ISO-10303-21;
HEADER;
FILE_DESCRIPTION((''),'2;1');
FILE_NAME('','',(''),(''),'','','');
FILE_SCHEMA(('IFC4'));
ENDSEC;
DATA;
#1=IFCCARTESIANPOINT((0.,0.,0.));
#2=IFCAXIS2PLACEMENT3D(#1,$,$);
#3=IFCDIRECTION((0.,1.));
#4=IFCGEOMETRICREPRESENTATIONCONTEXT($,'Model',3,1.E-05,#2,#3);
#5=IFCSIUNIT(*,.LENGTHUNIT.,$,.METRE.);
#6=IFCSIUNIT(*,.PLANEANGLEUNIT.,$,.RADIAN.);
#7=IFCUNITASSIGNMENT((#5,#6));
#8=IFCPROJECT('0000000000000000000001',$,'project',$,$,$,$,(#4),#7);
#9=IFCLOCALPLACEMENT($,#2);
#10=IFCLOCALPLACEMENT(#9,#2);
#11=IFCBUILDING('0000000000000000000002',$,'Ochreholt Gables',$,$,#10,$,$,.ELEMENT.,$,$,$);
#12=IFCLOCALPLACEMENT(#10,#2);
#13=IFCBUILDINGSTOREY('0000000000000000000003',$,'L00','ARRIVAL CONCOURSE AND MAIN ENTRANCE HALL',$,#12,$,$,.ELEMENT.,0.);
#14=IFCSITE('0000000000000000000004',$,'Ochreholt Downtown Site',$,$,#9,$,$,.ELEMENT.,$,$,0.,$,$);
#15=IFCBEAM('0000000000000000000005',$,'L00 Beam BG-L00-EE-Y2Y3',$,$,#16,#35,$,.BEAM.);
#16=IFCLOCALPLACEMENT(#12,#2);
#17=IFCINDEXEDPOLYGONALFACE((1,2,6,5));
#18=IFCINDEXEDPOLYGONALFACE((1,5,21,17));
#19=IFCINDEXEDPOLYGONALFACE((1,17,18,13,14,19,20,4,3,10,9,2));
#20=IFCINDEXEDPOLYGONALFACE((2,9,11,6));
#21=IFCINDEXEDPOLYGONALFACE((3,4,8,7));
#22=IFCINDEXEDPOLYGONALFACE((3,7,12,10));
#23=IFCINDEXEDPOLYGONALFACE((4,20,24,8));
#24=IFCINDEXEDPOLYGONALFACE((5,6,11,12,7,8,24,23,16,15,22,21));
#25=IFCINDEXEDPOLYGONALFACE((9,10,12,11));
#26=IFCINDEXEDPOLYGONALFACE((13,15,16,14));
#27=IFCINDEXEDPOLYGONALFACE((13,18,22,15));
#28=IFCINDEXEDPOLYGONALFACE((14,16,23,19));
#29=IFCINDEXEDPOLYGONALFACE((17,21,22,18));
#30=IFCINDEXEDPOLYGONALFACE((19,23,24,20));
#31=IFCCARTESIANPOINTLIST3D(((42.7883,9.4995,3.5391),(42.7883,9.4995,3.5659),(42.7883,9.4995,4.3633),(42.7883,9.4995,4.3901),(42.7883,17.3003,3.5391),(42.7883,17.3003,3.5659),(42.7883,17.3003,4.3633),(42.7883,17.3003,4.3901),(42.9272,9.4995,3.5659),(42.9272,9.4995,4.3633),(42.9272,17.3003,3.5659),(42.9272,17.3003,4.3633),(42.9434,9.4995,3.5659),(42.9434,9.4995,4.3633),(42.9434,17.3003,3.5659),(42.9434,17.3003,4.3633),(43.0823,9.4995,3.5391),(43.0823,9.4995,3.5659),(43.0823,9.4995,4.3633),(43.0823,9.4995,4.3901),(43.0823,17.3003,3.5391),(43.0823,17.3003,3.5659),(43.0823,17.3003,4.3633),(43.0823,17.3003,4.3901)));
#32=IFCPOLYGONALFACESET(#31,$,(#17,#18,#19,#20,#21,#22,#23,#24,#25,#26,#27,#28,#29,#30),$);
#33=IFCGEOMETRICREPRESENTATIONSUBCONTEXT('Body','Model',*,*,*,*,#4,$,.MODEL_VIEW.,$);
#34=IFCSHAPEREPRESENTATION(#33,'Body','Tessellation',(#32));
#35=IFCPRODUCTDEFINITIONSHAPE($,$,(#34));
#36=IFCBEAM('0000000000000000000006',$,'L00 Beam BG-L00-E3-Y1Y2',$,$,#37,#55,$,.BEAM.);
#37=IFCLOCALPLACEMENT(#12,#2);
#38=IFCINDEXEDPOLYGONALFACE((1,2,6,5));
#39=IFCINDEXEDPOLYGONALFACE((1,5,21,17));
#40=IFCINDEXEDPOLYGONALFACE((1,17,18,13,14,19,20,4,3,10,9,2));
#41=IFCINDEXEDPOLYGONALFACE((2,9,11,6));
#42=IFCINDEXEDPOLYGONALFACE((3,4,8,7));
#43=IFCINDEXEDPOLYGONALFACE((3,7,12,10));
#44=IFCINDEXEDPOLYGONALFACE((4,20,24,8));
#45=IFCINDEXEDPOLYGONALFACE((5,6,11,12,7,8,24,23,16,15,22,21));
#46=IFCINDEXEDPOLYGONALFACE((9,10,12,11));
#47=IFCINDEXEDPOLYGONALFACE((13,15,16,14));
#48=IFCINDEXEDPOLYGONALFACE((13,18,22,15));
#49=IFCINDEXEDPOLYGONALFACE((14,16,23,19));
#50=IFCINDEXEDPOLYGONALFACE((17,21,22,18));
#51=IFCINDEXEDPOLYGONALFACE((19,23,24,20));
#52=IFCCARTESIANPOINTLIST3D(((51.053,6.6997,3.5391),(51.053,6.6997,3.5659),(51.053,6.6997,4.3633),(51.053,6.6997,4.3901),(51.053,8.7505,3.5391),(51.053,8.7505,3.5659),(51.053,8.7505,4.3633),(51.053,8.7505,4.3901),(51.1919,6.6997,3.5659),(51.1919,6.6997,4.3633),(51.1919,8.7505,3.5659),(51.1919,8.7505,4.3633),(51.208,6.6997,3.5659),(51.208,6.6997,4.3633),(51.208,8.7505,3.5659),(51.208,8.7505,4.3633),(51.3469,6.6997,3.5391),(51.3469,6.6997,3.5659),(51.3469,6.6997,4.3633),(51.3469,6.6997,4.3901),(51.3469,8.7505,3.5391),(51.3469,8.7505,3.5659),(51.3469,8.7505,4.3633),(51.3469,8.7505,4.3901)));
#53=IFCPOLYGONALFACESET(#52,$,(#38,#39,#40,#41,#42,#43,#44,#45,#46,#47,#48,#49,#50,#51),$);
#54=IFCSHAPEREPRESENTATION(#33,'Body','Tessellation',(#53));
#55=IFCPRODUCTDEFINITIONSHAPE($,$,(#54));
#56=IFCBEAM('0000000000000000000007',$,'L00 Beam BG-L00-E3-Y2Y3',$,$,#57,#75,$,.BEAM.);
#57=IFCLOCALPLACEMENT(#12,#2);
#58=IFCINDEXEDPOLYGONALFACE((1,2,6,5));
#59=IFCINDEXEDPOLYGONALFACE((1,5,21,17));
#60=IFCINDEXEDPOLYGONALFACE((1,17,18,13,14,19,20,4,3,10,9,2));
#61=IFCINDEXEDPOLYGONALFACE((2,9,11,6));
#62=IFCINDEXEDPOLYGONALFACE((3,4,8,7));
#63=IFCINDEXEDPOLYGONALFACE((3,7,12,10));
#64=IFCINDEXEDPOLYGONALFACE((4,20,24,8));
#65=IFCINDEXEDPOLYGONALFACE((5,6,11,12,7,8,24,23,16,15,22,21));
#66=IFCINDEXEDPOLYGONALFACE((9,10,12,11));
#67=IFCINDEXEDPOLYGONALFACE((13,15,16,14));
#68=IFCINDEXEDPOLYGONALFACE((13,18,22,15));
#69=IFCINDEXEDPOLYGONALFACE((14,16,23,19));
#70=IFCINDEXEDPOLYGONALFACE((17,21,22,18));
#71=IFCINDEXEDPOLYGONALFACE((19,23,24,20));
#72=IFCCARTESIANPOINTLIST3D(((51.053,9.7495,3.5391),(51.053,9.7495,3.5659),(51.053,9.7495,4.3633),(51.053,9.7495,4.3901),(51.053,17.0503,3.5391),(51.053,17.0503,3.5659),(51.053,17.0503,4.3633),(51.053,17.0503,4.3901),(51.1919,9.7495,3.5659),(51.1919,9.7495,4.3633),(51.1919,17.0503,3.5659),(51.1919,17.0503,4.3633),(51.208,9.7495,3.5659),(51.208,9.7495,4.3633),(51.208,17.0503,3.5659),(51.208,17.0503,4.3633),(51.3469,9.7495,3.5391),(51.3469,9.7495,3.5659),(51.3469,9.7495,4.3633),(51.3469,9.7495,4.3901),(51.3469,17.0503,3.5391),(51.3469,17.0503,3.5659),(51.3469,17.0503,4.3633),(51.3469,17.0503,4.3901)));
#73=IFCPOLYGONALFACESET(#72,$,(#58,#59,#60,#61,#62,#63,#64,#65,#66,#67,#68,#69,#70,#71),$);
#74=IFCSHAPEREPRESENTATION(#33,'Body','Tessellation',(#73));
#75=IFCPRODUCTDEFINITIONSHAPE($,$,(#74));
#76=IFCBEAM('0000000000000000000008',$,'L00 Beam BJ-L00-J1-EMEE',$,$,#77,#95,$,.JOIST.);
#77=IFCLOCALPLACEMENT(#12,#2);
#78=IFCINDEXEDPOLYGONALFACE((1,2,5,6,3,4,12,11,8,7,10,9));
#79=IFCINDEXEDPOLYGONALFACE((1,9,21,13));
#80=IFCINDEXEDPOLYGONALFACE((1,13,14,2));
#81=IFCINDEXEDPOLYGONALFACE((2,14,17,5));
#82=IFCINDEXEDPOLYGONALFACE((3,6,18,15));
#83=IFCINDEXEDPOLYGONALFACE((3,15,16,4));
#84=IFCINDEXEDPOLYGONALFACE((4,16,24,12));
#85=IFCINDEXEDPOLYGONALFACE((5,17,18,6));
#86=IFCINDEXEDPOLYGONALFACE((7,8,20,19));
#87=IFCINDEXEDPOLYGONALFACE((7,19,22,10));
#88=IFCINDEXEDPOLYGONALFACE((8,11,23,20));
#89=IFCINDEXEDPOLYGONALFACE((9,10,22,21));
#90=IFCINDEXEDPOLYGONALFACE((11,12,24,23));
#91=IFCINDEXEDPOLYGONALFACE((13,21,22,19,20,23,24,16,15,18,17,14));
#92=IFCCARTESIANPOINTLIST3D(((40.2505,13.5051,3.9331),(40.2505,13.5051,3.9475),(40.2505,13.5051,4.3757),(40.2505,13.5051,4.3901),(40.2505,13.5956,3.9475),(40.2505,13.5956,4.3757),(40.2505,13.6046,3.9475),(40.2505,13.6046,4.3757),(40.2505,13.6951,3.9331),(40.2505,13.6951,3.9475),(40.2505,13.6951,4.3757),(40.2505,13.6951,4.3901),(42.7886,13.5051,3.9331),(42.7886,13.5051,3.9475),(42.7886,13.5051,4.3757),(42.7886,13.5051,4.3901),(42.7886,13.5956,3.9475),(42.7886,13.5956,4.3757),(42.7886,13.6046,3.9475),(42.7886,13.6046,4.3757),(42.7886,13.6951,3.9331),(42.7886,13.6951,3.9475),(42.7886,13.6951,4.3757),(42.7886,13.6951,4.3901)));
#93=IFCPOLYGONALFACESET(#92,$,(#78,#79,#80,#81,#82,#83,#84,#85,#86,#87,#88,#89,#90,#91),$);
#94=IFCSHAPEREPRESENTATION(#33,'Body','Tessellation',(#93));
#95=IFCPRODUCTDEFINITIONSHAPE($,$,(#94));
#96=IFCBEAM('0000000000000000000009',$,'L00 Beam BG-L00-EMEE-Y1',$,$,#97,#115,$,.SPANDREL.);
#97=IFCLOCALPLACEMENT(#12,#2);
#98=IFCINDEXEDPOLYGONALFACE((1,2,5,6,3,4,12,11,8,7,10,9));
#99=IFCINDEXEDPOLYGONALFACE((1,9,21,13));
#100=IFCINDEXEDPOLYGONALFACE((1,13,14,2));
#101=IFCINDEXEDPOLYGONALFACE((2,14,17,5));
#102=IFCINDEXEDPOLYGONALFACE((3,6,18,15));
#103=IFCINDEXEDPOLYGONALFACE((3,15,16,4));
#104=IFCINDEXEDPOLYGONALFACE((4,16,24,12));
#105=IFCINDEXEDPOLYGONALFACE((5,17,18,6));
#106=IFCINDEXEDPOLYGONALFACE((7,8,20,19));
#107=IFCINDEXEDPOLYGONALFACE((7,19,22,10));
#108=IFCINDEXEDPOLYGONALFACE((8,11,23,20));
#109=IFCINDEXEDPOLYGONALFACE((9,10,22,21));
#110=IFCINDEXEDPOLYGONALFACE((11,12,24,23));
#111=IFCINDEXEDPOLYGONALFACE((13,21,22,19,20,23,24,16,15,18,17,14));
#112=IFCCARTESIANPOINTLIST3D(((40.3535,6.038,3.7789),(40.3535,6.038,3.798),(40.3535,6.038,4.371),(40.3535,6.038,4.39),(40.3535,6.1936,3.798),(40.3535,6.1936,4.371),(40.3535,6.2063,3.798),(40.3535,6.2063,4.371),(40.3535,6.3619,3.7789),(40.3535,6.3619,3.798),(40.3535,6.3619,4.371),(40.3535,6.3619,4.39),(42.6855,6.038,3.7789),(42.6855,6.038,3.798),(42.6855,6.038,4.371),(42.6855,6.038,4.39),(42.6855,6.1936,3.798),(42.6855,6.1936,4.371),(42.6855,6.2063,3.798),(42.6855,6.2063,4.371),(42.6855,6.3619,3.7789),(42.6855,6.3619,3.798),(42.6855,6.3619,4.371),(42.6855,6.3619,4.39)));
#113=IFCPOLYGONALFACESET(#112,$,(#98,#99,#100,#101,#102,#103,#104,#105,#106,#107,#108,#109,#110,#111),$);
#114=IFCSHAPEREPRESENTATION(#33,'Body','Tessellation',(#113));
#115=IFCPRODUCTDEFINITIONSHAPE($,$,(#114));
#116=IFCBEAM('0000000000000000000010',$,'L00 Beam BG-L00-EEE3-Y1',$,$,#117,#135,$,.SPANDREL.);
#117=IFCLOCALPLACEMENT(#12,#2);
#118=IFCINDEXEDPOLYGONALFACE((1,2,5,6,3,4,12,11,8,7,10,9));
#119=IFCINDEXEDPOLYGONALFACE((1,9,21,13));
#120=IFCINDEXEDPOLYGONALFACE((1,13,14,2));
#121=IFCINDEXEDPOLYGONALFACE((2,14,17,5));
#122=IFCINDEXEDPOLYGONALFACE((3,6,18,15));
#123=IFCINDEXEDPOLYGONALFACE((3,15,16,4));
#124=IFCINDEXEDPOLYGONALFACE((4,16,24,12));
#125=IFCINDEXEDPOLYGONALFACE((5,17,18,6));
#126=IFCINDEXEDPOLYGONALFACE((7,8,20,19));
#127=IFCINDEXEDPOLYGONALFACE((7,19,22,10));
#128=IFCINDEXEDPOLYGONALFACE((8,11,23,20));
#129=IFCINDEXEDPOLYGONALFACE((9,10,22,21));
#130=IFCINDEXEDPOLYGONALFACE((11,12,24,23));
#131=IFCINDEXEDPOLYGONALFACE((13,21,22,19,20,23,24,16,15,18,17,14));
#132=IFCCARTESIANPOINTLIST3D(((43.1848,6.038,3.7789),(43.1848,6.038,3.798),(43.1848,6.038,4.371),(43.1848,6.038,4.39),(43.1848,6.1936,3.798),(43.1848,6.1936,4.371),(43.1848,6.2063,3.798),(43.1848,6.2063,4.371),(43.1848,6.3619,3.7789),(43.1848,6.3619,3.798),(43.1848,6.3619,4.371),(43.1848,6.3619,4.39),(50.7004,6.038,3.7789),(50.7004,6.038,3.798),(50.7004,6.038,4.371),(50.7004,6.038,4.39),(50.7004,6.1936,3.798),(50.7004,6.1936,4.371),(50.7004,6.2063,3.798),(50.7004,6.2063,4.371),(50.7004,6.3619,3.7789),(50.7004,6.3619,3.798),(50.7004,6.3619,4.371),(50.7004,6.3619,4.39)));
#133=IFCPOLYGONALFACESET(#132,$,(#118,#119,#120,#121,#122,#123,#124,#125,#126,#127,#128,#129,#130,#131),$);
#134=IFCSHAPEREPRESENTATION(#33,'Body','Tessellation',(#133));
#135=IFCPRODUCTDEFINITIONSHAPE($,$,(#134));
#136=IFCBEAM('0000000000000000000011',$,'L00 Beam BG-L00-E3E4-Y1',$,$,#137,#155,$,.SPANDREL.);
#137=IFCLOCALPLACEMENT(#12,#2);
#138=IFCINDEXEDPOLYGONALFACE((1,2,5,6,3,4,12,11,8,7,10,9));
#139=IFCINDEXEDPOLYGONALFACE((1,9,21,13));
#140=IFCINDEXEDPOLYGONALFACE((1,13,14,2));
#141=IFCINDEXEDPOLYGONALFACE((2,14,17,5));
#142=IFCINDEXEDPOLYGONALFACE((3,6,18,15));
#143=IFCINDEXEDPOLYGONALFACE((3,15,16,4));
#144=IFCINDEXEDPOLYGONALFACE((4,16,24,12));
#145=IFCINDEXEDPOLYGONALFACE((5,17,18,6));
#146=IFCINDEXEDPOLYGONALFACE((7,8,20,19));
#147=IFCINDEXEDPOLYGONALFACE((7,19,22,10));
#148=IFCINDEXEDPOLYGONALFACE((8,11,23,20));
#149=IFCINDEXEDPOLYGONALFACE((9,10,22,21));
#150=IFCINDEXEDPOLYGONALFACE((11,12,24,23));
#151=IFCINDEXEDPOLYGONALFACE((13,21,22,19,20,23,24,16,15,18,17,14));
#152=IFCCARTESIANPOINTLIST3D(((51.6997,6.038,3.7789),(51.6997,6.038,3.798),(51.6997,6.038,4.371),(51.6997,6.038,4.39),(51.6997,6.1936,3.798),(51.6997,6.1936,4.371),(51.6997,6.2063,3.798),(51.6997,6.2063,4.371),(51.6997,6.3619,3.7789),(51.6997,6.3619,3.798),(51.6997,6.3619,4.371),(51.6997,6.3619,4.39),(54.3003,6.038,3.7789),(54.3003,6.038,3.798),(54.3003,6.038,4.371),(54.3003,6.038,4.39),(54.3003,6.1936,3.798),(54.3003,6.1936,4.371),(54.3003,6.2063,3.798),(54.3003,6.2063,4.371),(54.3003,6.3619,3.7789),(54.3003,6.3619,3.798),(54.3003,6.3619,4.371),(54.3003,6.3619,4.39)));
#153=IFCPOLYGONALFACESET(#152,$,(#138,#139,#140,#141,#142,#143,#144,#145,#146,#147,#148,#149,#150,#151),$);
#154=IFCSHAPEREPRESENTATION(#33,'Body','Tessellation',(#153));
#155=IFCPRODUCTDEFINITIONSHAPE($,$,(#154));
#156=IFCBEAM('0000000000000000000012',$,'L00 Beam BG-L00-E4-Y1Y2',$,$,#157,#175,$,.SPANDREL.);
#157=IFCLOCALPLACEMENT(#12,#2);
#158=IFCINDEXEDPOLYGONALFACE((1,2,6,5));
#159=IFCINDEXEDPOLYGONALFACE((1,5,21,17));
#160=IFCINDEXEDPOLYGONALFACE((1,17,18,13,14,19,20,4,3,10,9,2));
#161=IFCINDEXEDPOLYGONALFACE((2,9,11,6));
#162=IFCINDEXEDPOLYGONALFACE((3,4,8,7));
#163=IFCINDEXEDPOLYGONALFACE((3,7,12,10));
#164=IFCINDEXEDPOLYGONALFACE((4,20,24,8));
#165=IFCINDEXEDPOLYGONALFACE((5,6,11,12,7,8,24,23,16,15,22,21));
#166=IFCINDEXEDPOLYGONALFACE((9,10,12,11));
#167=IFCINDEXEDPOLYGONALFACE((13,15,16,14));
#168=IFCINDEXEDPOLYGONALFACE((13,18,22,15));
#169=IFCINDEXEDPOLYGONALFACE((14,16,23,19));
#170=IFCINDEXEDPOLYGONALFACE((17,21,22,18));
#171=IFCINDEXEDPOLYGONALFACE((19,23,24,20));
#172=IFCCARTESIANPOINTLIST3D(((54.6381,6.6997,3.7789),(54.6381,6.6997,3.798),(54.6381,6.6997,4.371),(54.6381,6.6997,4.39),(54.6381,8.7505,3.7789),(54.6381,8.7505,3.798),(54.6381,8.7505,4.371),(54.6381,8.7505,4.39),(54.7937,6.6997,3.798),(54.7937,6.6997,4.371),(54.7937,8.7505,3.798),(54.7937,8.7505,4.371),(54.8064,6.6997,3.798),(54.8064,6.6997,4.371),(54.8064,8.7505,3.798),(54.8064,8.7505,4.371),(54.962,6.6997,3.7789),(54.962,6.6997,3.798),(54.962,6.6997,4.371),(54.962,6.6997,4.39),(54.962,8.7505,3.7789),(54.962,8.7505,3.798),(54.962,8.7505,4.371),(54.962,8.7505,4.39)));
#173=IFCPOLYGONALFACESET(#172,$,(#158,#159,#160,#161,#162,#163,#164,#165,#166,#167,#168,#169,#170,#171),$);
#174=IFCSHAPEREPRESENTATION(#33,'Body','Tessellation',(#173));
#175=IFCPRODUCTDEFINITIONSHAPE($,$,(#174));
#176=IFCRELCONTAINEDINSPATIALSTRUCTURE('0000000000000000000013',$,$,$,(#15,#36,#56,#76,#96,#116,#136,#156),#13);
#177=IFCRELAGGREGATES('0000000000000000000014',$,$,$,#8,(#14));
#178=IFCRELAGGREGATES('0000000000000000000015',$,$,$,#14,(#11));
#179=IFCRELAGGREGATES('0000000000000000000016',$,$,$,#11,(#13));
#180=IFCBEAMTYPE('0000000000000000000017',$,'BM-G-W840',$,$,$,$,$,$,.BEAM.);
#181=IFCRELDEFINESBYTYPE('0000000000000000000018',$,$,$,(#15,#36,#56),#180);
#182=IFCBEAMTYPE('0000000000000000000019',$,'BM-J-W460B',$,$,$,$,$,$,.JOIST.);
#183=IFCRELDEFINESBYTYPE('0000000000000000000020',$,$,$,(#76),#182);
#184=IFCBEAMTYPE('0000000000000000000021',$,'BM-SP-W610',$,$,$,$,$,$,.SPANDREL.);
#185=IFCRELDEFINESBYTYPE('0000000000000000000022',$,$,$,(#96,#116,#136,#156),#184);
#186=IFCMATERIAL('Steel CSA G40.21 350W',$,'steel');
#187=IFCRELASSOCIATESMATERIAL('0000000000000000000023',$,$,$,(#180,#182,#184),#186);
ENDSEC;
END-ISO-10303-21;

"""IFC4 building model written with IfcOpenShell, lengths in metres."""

from ifc_helpers import new_model, si_unit, direction, frame, origin, origin_2d, place, context, subcontext, project, spatial, i_section, extrude, material, material_profile, profile_set, type_object, element, save


model = new_model("IFC4")

# Units and contexts
model_context = context("Model", 3, precision=1e-05, world=origin(), true_north=direction((0.0, 1.0)))
body_context = subcontext(model_context, "Body", "Model", "MODEL_VIEW")
ifc_project = project(units=[si_unit("LENGTHUNIT", "METRE"), si_unit("PLANEANGLEUNIT", "RADIAN")], contexts=[model_context])

# Site, building, storey
site_placement = place(None, origin())
site = spatial("IfcSite", under=ifc_project, at=site_placement, Name="Ochreholt Downtown Site", CompositionType="ELEMENT", RefElevation=0.0)
building_placement = place(site_placement, origin())
building = spatial("IfcBuilding", under=site, at=building_placement, Name="Ochreholt Gables", CompositionType="ELEMENT")
storey_placement = place(building_placement, origin())
storey = spatial("IfcBuildingStorey", under=building, at=storey_placement, Name="L00", Description="ARRIVAL CONCOURSE AND MAIN ENTRANCE HALL", CompositionType="ELEMENT", Elevation=0.0)

# Shared definitions
ifc_material_1 = material(Name="Steel CSA G40.21 350W", Category="steel")

# Beams
ifc_material_profile_1 = material_profile(ifc_material_1, i_section(OverallWidth=0.2939, OverallDepth=0.8511, WebThickness=0.0161, FlangeThickness=0.0269, at=origin_2d()), Name="W840X226")
ifc_profile_set_1 = profile_set([ifc_material_profile_1], Name="Steel CSA G40.21 350W")
beam_type_1 = type_object("IfcBeamType", Name="BM-G-W840", PredefinedType="BEAM", material=ifc_profile_set_1)
beam_1_placement = place(storey_placement, frame((42.9353, 9.4995, 3.9646), z_axis=(0.0, 1.0, 0.0), x_axis=(-1.0, 0.0, 0.0)))
element("IfcBeam", 1, at=beam_1_placement, inside=storey, type_object=beam_type_1, Name="L00 Beam BG-L00-EE-Y2Y3", PredefinedType="BEAM", context=body_context, shape_type="SweptSolid", body=[
    extrude(i_section(OverallWidth=0.2939, OverallDepth=0.8511, WebThickness=0.0161, FlangeThickness=0.0269, at=origin_2d()), origin(), (0.0, 0.0, 1.0), 7.8008),
])
beam_2_placement = place(storey_placement, frame((51.2, 6.6997, 3.9646), z_axis=(0.0, 1.0, 0.0), x_axis=(-1.0, 0.0, 0.0)))
element("IfcBeam", 2, at=beam_2_placement, inside=storey, type_object=beam_type_1, Name="L00 Beam BG-L00-E3-Y1Y2", PredefinedType="BEAM", context=body_context, shape_type="SweptSolid", body=[
    extrude(i_section(OverallWidth=0.2939, OverallDepth=0.8511, WebThickness=0.0161, FlangeThickness=0.0269, at=origin_2d()), origin(), (0.0, 0.0, 1.0), 2.0508),
])
beam_3_placement = place(storey_placement, frame((51.2, 9.7495, 3.9646), z_axis=(0.0, 1.0, 0.0), x_axis=(-1.0, 0.0, 0.0)))
element("IfcBeam", 3, at=beam_3_placement, inside=storey, type_object=beam_type_1, Name="L00 Beam BG-L00-E3-Y2Y3", PredefinedType="BEAM", context=body_context, shape_type="SweptSolid", body=[
    extrude(i_section(OverallWidth=0.2939, OverallDepth=0.8511, WebThickness=0.0161, FlangeThickness=0.0269, at=origin_2d()), origin(), (0.0, 0.0, 1.0), 7.3008),
])
ifc_material_profile_2 = material_profile(ifc_material_1, i_section(OverallWidth=0.1899, OverallDepth=0.457, WebThickness=0.009, FlangeThickness=0.0144, at=origin_2d()), Name="W460X74")
ifc_profile_set_2 = profile_set([ifc_material_profile_2], Name="Steel CSA G40.21 350W")
beam_type_2 = type_object("IfcBeamType", Name="BM-J-W460B", PredefinedType="JOIST", material=ifc_profile_set_2)
beam_4_placement = place(storey_placement, frame((40.2505, 13.6001, 4.1616), z_axis=(1.0, 0.0, 0.0), x_axis=(0.0, 1.0, 0.0)))
element("IfcBeam", 4, at=beam_4_placement, inside=storey, type_object=beam_type_2, Name="L00 Beam BJ-L00-J1-EMEE", PredefinedType="JOIST", context=body_context, shape_type="SweptSolid", body=[
    extrude(i_section(OverallWidth=0.1899, OverallDepth=0.457, WebThickness=0.009, FlangeThickness=0.0144, at=origin_2d()), origin(), (0.0, 0.0, 1.0), 2.5381),
])
ifc_material_profile_3 = material_profile(ifc_material_1, i_section(OverallWidth=0.324, OverallDepth=0.6111, WebThickness=0.0127, FlangeThickness=0.019, at=origin_2d()), Name="W610X155")
ifc_profile_set_3 = profile_set([ifc_material_profile_3], Name="Steel CSA G40.21 350W")
beam_type_3 = type_object("IfcBeamType", Name="BM-SP-W610", PredefinedType="SPANDREL", material=ifc_profile_set_3)
beam_5_placement = place(storey_placement, frame((40.3535, 6.2, 4.0845), z_axis=(1.0, 0.0, 0.0), x_axis=(0.0, 1.0, 0.0)))
element("IfcBeam", 5, at=beam_5_placement, inside=storey, type_object=beam_type_3, Name="L00 Beam BG-L00-EMEE-Y1", PredefinedType="SPANDREL", context=body_context, shape_type="SweptSolid", body=[
    extrude(i_section(OverallWidth=0.324, OverallDepth=0.6111, WebThickness=0.0127, FlangeThickness=0.019, at=origin_2d()), origin(), (0.0, 0.0, 1.0), 2.332),
])
beam_6_placement = place(storey_placement, frame((43.1848, 6.2, 4.0845), z_axis=(1.0, 0.0, 0.0), x_axis=(0.0, 1.0, 0.0)))
element("IfcBeam", 6, at=beam_6_placement, inside=storey, type_object=beam_type_3, Name="L00 Beam BG-L00-EEE3-Y1", PredefinedType="SPANDREL", context=body_context, shape_type="SweptSolid", body=[
    extrude(i_section(OverallWidth=0.324, OverallDepth=0.6111, WebThickness=0.0127, FlangeThickness=0.019, at=origin_2d()), origin(), (0.0, 0.0, 1.0), 7.5156),
])
beam_7_placement = place(storey_placement, frame((51.6997, 6.2, 4.0845), z_axis=(1.0, 0.0, 0.0), x_axis=(0.0, 1.0, 0.0)))
element("IfcBeam", 7, at=beam_7_placement, inside=storey, type_object=beam_type_3, Name="L00 Beam BG-L00-E3E4-Y1", PredefinedType="SPANDREL", context=body_context, shape_type="SweptSolid", body=[
    extrude(i_section(OverallWidth=0.324, OverallDepth=0.6111, WebThickness=0.0127, FlangeThickness=0.019, at=origin_2d()), origin(), (0.0, 0.0, 1.0), 2.6006),
])
beam_8_placement = place(storey_placement, frame((54.8, 6.6997, 4.0845), z_axis=(0.0, 1.0, 0.0), x_axis=(-1.0, 0.0, 0.0)))
element("IfcBeam", 8, at=beam_8_placement, inside=storey, type_object=beam_type_3, Name="L00 Beam BG-L00-E4-Y1Y2", PredefinedType="SPANDREL", context=body_context, shape_type="SweptSolid", body=[
    extrude(i_section(OverallWidth=0.324, OverallDepth=0.6111, WebThickness=0.0127, FlangeThickness=0.019, at=origin_2d()), origin(), (0.0, 0.0, 1.0), 2.0508),
])

save(model, "model.ifc")
